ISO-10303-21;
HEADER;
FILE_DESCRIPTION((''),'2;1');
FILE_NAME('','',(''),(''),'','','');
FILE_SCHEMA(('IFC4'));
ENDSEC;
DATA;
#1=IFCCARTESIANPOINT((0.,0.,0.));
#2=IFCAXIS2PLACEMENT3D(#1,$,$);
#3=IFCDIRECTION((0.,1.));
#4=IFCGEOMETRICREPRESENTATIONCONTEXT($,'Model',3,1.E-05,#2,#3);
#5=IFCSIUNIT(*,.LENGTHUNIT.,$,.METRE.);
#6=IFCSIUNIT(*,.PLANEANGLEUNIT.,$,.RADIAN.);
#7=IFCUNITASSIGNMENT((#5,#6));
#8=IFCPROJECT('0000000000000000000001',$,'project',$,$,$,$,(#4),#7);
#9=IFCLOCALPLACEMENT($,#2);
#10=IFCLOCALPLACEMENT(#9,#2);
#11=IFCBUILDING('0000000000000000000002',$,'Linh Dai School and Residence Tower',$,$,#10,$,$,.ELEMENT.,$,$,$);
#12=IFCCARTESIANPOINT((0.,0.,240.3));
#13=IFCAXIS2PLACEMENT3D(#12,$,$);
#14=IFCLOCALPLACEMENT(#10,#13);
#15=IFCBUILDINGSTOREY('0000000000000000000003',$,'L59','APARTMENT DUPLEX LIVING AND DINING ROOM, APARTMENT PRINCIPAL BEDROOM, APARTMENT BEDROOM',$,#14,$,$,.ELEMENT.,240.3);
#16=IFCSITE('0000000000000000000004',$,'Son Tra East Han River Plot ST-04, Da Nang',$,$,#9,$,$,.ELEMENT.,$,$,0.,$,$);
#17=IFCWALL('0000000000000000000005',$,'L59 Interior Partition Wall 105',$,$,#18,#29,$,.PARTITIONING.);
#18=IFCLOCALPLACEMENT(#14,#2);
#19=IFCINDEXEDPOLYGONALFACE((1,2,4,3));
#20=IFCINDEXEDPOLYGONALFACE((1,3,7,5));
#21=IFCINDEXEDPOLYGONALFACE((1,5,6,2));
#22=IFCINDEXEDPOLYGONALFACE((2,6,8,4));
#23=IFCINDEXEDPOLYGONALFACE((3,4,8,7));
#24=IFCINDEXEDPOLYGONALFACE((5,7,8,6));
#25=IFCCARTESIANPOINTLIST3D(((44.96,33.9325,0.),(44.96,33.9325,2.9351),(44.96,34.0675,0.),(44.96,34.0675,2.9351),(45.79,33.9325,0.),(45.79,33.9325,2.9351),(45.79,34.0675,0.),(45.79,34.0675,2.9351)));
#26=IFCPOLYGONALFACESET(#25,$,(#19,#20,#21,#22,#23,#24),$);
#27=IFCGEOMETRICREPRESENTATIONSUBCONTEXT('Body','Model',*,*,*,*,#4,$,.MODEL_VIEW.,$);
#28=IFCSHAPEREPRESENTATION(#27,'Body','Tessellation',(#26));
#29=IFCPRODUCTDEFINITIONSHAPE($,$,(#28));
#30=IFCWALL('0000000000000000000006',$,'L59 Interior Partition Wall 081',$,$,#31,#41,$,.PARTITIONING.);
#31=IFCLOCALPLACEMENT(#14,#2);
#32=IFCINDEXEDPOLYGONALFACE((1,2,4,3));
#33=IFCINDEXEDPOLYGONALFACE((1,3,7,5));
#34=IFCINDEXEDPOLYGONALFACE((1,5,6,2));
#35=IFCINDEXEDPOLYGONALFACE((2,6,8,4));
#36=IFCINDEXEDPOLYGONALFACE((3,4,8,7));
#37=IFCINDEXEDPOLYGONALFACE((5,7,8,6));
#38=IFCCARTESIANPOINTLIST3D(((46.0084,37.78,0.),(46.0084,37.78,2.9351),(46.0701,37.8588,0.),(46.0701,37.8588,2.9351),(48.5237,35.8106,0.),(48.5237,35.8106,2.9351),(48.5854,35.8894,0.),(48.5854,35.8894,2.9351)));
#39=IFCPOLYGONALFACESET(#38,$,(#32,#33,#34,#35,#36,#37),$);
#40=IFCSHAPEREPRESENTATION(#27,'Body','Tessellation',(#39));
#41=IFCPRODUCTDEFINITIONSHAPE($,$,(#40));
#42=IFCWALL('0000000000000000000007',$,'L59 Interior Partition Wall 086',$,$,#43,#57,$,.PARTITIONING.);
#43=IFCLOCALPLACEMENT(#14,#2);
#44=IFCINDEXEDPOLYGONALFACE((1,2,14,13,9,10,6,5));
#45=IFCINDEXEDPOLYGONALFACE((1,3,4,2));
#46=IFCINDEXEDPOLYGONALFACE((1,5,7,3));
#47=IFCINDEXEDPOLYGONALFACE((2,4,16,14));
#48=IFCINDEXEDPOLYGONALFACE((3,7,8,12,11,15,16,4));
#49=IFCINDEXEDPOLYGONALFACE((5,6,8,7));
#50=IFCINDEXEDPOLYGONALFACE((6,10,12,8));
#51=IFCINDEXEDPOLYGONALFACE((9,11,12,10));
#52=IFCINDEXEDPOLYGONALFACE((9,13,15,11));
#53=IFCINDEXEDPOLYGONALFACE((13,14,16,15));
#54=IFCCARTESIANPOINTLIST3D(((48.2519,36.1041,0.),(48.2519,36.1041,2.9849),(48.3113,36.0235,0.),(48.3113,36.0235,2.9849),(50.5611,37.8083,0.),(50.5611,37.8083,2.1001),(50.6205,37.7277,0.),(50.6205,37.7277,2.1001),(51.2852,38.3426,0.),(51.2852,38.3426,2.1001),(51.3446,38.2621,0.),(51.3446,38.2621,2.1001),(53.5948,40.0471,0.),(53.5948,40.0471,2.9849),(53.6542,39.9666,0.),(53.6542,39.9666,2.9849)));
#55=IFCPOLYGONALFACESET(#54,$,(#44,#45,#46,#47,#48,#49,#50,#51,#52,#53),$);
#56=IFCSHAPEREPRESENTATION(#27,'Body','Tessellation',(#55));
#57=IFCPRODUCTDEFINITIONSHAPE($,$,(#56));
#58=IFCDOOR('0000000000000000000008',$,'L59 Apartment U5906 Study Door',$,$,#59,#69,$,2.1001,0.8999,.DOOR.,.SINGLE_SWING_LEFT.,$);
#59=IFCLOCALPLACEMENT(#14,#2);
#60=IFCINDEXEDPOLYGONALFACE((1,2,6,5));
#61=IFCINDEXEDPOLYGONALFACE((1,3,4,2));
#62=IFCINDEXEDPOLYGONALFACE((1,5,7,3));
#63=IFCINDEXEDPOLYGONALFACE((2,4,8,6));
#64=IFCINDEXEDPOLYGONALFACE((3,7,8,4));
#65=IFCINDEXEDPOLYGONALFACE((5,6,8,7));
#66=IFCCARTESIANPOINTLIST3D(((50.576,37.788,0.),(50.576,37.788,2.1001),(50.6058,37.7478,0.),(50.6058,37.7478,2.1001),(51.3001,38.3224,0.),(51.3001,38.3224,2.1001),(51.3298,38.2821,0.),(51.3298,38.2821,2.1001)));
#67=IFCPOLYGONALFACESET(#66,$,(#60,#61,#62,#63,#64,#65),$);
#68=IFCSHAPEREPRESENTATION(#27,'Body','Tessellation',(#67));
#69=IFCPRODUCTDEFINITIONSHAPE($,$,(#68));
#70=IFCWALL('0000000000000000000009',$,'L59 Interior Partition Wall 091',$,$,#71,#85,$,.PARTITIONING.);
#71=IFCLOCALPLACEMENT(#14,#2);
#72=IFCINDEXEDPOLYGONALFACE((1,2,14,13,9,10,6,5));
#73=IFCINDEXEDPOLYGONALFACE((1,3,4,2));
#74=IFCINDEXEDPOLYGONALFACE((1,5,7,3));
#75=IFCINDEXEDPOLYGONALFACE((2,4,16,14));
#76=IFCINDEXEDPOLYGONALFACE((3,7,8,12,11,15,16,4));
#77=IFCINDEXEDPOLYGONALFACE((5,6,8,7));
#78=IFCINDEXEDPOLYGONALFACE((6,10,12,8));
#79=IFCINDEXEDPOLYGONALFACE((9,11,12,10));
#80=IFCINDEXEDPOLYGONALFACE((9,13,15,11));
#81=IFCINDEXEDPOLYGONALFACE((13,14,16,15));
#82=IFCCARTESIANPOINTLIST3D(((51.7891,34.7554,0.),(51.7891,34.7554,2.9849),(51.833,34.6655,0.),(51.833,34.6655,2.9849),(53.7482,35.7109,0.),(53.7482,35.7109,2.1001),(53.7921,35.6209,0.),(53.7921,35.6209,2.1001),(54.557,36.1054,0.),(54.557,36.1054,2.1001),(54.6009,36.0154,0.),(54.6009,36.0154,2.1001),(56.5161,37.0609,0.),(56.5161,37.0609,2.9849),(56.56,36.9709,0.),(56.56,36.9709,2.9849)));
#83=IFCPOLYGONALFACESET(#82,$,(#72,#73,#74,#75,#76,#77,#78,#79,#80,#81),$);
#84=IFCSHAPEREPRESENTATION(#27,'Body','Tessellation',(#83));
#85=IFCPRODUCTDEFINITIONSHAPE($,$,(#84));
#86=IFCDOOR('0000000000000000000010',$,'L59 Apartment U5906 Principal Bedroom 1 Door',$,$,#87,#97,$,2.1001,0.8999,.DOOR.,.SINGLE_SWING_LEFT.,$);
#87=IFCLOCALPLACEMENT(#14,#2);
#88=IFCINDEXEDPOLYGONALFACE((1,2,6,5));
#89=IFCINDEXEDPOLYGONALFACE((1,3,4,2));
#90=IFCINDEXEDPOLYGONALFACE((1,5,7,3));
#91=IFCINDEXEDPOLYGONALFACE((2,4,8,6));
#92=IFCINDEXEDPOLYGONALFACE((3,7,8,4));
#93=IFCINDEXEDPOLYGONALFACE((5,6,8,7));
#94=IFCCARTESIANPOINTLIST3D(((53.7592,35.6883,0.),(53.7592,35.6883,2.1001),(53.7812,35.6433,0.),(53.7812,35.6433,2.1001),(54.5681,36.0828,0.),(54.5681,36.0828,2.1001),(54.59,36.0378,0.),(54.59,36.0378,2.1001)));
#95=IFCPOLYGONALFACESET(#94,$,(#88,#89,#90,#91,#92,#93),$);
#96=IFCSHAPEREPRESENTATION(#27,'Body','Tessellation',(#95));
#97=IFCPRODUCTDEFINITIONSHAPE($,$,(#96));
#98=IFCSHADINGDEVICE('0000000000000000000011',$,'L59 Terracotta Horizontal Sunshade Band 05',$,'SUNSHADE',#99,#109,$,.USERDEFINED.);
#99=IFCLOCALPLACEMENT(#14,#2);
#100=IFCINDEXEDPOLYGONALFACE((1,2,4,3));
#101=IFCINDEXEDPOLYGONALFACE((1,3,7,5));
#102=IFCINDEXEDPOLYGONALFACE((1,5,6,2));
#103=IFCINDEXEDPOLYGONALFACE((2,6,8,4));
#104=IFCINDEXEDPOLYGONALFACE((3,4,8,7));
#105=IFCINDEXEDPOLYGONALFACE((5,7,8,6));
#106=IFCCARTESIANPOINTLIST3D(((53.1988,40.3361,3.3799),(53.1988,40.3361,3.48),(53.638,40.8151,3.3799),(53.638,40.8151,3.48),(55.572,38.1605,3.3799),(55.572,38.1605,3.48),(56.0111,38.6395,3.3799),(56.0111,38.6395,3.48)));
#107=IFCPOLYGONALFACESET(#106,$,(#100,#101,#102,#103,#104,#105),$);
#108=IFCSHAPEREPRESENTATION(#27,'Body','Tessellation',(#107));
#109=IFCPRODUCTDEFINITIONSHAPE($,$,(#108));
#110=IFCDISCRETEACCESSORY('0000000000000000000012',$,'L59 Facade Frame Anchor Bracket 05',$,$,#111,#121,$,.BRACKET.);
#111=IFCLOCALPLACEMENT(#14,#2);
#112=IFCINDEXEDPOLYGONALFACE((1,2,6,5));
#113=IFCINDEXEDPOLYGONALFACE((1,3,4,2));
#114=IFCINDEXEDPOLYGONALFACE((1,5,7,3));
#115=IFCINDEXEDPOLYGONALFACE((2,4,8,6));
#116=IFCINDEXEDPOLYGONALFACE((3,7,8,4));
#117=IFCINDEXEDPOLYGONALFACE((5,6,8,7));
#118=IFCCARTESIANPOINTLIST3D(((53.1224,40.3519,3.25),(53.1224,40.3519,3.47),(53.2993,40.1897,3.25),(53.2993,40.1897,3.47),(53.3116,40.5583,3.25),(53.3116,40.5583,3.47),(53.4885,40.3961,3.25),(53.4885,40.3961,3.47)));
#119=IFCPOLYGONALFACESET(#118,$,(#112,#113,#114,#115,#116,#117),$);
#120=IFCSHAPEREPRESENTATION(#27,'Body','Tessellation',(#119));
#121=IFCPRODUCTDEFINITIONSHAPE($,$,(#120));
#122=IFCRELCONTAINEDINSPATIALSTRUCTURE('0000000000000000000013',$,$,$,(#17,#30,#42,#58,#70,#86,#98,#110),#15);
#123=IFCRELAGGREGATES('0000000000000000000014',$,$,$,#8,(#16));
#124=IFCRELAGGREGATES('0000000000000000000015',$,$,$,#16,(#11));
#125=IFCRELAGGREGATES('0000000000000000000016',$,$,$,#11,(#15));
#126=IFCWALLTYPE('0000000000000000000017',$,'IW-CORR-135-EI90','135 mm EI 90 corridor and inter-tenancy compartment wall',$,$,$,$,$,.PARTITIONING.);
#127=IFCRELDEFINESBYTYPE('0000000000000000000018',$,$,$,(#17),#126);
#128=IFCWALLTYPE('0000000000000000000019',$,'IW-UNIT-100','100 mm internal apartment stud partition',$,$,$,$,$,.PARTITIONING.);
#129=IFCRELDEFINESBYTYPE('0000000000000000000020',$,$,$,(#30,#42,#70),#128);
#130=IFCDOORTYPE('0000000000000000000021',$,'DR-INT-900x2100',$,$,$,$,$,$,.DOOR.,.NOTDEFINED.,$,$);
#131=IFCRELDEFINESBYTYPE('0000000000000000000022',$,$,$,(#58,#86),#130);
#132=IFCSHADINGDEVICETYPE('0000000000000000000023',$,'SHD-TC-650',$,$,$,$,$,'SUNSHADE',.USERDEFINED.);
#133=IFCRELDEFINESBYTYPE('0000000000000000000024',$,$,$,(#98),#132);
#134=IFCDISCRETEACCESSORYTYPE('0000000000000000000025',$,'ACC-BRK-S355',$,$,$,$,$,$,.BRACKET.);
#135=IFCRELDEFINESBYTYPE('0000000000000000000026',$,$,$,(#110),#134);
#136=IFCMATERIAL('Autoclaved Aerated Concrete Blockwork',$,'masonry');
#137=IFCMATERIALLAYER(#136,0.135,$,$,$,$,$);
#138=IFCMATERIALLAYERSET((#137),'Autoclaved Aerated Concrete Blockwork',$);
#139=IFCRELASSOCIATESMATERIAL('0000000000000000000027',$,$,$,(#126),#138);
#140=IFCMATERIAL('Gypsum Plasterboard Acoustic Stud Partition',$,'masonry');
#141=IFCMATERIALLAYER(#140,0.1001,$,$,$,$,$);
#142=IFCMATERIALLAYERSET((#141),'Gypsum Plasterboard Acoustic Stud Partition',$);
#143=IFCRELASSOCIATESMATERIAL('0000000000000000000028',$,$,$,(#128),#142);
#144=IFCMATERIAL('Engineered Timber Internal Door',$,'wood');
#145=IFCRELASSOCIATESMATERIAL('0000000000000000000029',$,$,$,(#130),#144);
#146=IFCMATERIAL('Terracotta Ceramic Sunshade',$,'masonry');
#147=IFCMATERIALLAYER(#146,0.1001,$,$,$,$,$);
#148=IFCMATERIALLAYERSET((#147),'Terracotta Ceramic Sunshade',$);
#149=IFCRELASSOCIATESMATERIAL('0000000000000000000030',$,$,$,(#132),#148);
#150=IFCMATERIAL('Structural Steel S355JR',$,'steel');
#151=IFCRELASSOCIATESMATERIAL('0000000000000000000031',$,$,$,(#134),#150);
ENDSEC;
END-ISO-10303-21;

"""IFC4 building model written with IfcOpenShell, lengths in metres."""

from ifc_helpers import new_model, si_unit, direction, frame, frame_2d, origin, origin_2d, place, context, subcontext, project, spatial, rectangle, extrude, source, transform, mapped, material, layer, layer_set, type_object, element, fill, save


model = new_model("IFC4")

# Units and contexts
model_context = context("Model", 3, precision=1e-05, world=origin(), true_north=direction((0.0, 1.0)))
body_context = subcontext(model_context, "Body", "Model", "MODEL_VIEW")
ifc_project = project(units=[si_unit("LENGTHUNIT", "METRE"), si_unit("PLANEANGLEUNIT", "RADIAN")], contexts=[model_context])

# Site, building, storey
site_placement = place(None, origin())
site = spatial("IfcSite", under=ifc_project, at=site_placement, Name="Son Tra East Han River Plot ST-04, Da Nang", CompositionType="ELEMENT", RefElevation=0.0)
building_placement = place(site_placement, origin())
building = spatial("IfcBuilding", under=site, at=building_placement, Name="Linh Dai School and Residence Tower", CompositionType="ELEMENT")
storey_placement = place(building_placement, frame((0.0, 0.0, 240.3)))
storey = spatial("IfcBuildingStorey", under=building, at=storey_placement, Name="L59", Description="APARTMENT DUPLEX LIVING AND DINING ROOM, APARTMENT PRINCIPAL BEDROOM, APARTMENT BEDROOM", CompositionType="ELEMENT", Elevation=240.3)

# Shared definitions
ifc_material_1 = material(Name="Structural Steel S355JR", Category="steel")

# Walls
ifc_material_2 = material(Name="Autoclaved Aerated Concrete Blockwork", Category="masonry")
ifc_layer_1 = layer(ifc_material_2, 0.135)
ifc_layer_set_1 = layer_set([ifc_layer_1], Name="Autoclaved Aerated Concrete Blockwork")
wall_type_1 = type_object("IfcWallType", Name="IW-CORR-135-EI90", Description="135 mm EI 90 corridor and inter-tenancy compartment wall", PredefinedType="PARTITIONING", material=ifc_layer_set_1)
wall_1_placement = place(storey_placement, frame((45.79, 34.0, 0.0), z_axis=(0.0, 0.0, 1.0), x_axis=(-1.0, 0.0, 0.0)))
element("IfcWall", 1, at=wall_1_placement, inside=storey, type_object=wall_type_1, Name="L59 Interior Partition Wall 105", PredefinedType="PARTITIONING", context=body_context, shape_type="SweptSolid", body=[
    extrude(rectangle(XDim=0.8301, YDim=0.135, at=frame_2d((0.415, 0.0))), origin(), (0.0, 0.0, 1.0), 2.9351),
])
ifc_material_3 = material(Name="Gypsum Plasterboard Acoustic Stud Partition", Category="masonry")
ifc_layer_2 = layer(ifc_material_3, 0.1001)
ifc_layer_set_2 = layer_set([ifc_layer_2], Name="Gypsum Plasterboard Acoustic Stud Partition")
wall_type_2 = type_object("IfcWallType", Name="IW-UNIT-100", Description="100 mm internal apartment stud partition", PredefinedType="PARTITIONING", material=ifc_layer_set_2)
wall_2_placement = place(storey_placement, frame((46.0393, 37.8193, 0.0), z_axis=(0.0, 0.0, 1.0), x_axis=(0.787365, -0.616488, 0.0)))
element("IfcWall", 2, at=wall_2_placement, inside=storey, type_object=wall_type_2, Name="L59 Interior Partition Wall 081", PredefinedType="PARTITIONING", context=body_context, shape_type="SweptSolid", body=[
    extrude(rectangle(XDim=3.1946, YDim=0.1001, at=frame_2d((1.5972, 0.0))), origin(), (0.0, 0.0, 1.0), 2.9351),
])

# Walls, openings, doors
wall_3_placement = place(storey_placement, frame((48.2815, 36.0637, 0.0), z_axis=(0.0, 0.0, 1.0), x_axis=(0.804613, 0.5938, 0.0)))
wall_3 = element("IfcWall", 3, at=wall_3_placement, inside=storey, type_object=wall_type_2, Name="L59 Interior Partition Wall 086", PredefinedType="PARTITIONING", context=body_context, shape_type="SweptSolid", body=[
    extrude(rectangle(XDim=6.6404, YDim=0.1001, at=frame_2d((3.3203, 0.0))), origin(), (0.0, 0.0, 1.0), 2.9849),
])
opening_1_placement = place(wall_3_placement, frame((2.8701, 0.0, 0.0)))
opening_1 = element("IfcOpeningElement", 4, at=opening_1_placement, cuts=wall_3, PredefinedType="OPENING", context=body_context, shape_type="SweptSolid", body=[
    extrude(rectangle(XDim=0.8999, YDim=2.1001, at=origin_2d()), frame((0.45, 0.0601, 1.05), z_axis=(0.0, -1.0, 0.0), x_axis=(1.0, 0.0, 0.0)), (0.0, 0.0, 1.0), 0.1201),
])
ifc_material_4 = material(Name="Engineered Timber Internal Door", Category="wood")
door_type = type_object("IfcDoorType", Name="DR-INT-900x2100", OperationType="NOTDEFINED", PredefinedType="DOOR", material=ifc_material_4)
shared_shape_1 = source(origin(), body_context, "Body", "SweptSolid", [
    extrude(rectangle(XDim=0.8999, YDim=2.1001, at=origin_2d()), frame((0.45, 0.0249, 1.05), z_axis=(0.0, -1.0, 0.0), x_axis=(1.0, 0.0, 0.0)), (0.0, 0.0, 1.0), 0.05),
])
door_1_placement = place(opening_1_placement, origin())
door_1 = element("IfcDoor", 5, at=door_1_placement, inside=storey, type_object=door_type, Name="L59 Apartment U5906 Study Door", OperationType="SINGLE_SWING_LEFT", OverallHeight=2.1001, OverallWidth=0.8999, PredefinedType="DOOR", context=body_context, shape_type="MappedRepresentation", body=[
    mapped(shared_shape_1, transform((0.0, 0.0, 0.0), x_axis=(1.0, 0.0, 0.0), y_axis=(0.0, 1.0, 0.0), z_axis=(0.0, 0.0, 1.0), scale=1.0)),
])
fill(opening_1, door_1)
wall_4_placement = place(storey_placement, frame((51.811, 34.7104, 0.0), z_axis=(0.0, 0.0, 1.0), x_axis=(0.898803, 0.438353, 0.0)))
wall_4 = element("IfcWall", 6, at=wall_4_placement, inside=storey, type_object=wall_type_2, Name="L59 Interior Partition Wall 091", PredefinedType="PARTITIONING", context=body_context, shape_type="SweptSolid", body=[
    extrude(rectangle(XDim=5.2593, YDim=0.1001, at=frame_2d((2.6296, 0.0))), origin(), (0.0, 0.0, 1.0), 2.9849),
])
opening_2_placement = place(wall_4_placement, frame((2.1797, 0.0, 0.0)))
opening_2 = element("IfcOpeningElement", 7, at=opening_2_placement, cuts=wall_4, PredefinedType="OPENING", context=body_context, shape_type="SweptSolid", body=[
    extrude(rectangle(XDim=0.8999, YDim=2.1001, at=origin_2d()), frame((0.45, 0.0601, 1.05), z_axis=(0.0, -1.0, 0.0), x_axis=(1.0, 0.0, 0.0)), (0.0, 0.0, 1.0), 0.1201),
])
door_2_placement = place(opening_2_placement, origin())
door_2 = element("IfcDoor", 8, at=door_2_placement, inside=storey, type_object=door_type, Name="L59 Apartment U5906 Principal Bedroom 1 Door", OperationType="SINGLE_SWING_LEFT", OverallHeight=2.1001, OverallWidth=0.8999, PredefinedType="DOOR", context=body_context, shape_type="MappedRepresentation", body=[
    mapped(shared_shape_1, transform((0.0, 0.0, 0.0), x_axis=(1.0, 0.0, 0.0), y_axis=(0.0, 1.0, 0.0), z_axis=(0.0, 0.0, 1.0), scale=1.0)),
])
fill(opening_2, door_2)

# Shading device
ifc_material_5 = material(Name="Terracotta Ceramic Sunshade", Category="masonry")
ifc_layer_3 = layer(ifc_material_5, 0.1001)
ifc_layer_set_3 = layer_set([ifc_layer_3], Name="Terracotta Ceramic Sunshade")
shading_device_type = type_object("IfcShadingDeviceType", Name="SHD-TC-650", ElementType="SUNSHADE", PredefinedType="USERDEFINED", material=ifc_layer_set_3)
shared_shape_2 = source(origin(), body_context, "Body", "SweptSolid", [
    extrude(rectangle(XDim=3.2195, YDim=0.6499, at=origin_2d()), origin(), (0.0, 0.0, 1.0), 0.1001),
])
shading_device_placement = place(storey_placement, frame((54.605, 39.4878, 3.3799), z_axis=(0.0, 0.0, 1.0), x_axis=(0.737124, -0.675758, 0.0)))
element("IfcShadingDevice", 9, at=shading_device_placement, inside=storey, type_object=shading_device_type, Name="L59 Terracotta Horizontal Sunshade Band 05", ObjectType="SUNSHADE", PredefinedType="USERDEFINED", context=body_context, shape_type="MappedRepresentation", body=[
    mapped(shared_shape_2, transform((0.0, 0.0, 0.0), x_axis=(1.0, 0.0, 0.0), y_axis=(0.0, 1.0, 0.0), z_axis=(0.0, 0.0, 1.0), scale=1.0)),
])

# Discrete accessory
discrete_accessory_type = type_object("IfcDiscreteAccessoryType", Name="ACC-BRK-S355", PredefinedType="BRACKET", material=ifc_material_1)
shared_shape_3 = source(origin(), body_context, "Body", "SweptSolid", [
    extrude(rectangle(XDim=0.28, YDim=0.24, at=origin_2d()), origin(), (0.0, 0.0, 1.0), 0.22),
])
discrete_accessory_placement = place(storey_placement, frame((53.3054, 40.374, 3.25), z_axis=(0.0, 0.0, 1.0), x_axis=(0.675758, 0.737124, 0.0)))
element("IfcDiscreteAccessory", 10, at=discrete_accessory_placement, inside=storey, type_object=discrete_accessory_type, Name="L59 Facade Frame Anchor Bracket 05", PredefinedType="BRACKET", context=body_context, shape_type="MappedRepresentation", body=[
    mapped(shared_shape_3, transform((0.0, 0.0, 0.0), x_axis=(1.0, 0.0, 0.0), y_axis=(0.0, 1.0, 0.0), z_axis=(0.0, 0.0, 1.0), scale=1.0)),
])

save(model, "model.ifc")
